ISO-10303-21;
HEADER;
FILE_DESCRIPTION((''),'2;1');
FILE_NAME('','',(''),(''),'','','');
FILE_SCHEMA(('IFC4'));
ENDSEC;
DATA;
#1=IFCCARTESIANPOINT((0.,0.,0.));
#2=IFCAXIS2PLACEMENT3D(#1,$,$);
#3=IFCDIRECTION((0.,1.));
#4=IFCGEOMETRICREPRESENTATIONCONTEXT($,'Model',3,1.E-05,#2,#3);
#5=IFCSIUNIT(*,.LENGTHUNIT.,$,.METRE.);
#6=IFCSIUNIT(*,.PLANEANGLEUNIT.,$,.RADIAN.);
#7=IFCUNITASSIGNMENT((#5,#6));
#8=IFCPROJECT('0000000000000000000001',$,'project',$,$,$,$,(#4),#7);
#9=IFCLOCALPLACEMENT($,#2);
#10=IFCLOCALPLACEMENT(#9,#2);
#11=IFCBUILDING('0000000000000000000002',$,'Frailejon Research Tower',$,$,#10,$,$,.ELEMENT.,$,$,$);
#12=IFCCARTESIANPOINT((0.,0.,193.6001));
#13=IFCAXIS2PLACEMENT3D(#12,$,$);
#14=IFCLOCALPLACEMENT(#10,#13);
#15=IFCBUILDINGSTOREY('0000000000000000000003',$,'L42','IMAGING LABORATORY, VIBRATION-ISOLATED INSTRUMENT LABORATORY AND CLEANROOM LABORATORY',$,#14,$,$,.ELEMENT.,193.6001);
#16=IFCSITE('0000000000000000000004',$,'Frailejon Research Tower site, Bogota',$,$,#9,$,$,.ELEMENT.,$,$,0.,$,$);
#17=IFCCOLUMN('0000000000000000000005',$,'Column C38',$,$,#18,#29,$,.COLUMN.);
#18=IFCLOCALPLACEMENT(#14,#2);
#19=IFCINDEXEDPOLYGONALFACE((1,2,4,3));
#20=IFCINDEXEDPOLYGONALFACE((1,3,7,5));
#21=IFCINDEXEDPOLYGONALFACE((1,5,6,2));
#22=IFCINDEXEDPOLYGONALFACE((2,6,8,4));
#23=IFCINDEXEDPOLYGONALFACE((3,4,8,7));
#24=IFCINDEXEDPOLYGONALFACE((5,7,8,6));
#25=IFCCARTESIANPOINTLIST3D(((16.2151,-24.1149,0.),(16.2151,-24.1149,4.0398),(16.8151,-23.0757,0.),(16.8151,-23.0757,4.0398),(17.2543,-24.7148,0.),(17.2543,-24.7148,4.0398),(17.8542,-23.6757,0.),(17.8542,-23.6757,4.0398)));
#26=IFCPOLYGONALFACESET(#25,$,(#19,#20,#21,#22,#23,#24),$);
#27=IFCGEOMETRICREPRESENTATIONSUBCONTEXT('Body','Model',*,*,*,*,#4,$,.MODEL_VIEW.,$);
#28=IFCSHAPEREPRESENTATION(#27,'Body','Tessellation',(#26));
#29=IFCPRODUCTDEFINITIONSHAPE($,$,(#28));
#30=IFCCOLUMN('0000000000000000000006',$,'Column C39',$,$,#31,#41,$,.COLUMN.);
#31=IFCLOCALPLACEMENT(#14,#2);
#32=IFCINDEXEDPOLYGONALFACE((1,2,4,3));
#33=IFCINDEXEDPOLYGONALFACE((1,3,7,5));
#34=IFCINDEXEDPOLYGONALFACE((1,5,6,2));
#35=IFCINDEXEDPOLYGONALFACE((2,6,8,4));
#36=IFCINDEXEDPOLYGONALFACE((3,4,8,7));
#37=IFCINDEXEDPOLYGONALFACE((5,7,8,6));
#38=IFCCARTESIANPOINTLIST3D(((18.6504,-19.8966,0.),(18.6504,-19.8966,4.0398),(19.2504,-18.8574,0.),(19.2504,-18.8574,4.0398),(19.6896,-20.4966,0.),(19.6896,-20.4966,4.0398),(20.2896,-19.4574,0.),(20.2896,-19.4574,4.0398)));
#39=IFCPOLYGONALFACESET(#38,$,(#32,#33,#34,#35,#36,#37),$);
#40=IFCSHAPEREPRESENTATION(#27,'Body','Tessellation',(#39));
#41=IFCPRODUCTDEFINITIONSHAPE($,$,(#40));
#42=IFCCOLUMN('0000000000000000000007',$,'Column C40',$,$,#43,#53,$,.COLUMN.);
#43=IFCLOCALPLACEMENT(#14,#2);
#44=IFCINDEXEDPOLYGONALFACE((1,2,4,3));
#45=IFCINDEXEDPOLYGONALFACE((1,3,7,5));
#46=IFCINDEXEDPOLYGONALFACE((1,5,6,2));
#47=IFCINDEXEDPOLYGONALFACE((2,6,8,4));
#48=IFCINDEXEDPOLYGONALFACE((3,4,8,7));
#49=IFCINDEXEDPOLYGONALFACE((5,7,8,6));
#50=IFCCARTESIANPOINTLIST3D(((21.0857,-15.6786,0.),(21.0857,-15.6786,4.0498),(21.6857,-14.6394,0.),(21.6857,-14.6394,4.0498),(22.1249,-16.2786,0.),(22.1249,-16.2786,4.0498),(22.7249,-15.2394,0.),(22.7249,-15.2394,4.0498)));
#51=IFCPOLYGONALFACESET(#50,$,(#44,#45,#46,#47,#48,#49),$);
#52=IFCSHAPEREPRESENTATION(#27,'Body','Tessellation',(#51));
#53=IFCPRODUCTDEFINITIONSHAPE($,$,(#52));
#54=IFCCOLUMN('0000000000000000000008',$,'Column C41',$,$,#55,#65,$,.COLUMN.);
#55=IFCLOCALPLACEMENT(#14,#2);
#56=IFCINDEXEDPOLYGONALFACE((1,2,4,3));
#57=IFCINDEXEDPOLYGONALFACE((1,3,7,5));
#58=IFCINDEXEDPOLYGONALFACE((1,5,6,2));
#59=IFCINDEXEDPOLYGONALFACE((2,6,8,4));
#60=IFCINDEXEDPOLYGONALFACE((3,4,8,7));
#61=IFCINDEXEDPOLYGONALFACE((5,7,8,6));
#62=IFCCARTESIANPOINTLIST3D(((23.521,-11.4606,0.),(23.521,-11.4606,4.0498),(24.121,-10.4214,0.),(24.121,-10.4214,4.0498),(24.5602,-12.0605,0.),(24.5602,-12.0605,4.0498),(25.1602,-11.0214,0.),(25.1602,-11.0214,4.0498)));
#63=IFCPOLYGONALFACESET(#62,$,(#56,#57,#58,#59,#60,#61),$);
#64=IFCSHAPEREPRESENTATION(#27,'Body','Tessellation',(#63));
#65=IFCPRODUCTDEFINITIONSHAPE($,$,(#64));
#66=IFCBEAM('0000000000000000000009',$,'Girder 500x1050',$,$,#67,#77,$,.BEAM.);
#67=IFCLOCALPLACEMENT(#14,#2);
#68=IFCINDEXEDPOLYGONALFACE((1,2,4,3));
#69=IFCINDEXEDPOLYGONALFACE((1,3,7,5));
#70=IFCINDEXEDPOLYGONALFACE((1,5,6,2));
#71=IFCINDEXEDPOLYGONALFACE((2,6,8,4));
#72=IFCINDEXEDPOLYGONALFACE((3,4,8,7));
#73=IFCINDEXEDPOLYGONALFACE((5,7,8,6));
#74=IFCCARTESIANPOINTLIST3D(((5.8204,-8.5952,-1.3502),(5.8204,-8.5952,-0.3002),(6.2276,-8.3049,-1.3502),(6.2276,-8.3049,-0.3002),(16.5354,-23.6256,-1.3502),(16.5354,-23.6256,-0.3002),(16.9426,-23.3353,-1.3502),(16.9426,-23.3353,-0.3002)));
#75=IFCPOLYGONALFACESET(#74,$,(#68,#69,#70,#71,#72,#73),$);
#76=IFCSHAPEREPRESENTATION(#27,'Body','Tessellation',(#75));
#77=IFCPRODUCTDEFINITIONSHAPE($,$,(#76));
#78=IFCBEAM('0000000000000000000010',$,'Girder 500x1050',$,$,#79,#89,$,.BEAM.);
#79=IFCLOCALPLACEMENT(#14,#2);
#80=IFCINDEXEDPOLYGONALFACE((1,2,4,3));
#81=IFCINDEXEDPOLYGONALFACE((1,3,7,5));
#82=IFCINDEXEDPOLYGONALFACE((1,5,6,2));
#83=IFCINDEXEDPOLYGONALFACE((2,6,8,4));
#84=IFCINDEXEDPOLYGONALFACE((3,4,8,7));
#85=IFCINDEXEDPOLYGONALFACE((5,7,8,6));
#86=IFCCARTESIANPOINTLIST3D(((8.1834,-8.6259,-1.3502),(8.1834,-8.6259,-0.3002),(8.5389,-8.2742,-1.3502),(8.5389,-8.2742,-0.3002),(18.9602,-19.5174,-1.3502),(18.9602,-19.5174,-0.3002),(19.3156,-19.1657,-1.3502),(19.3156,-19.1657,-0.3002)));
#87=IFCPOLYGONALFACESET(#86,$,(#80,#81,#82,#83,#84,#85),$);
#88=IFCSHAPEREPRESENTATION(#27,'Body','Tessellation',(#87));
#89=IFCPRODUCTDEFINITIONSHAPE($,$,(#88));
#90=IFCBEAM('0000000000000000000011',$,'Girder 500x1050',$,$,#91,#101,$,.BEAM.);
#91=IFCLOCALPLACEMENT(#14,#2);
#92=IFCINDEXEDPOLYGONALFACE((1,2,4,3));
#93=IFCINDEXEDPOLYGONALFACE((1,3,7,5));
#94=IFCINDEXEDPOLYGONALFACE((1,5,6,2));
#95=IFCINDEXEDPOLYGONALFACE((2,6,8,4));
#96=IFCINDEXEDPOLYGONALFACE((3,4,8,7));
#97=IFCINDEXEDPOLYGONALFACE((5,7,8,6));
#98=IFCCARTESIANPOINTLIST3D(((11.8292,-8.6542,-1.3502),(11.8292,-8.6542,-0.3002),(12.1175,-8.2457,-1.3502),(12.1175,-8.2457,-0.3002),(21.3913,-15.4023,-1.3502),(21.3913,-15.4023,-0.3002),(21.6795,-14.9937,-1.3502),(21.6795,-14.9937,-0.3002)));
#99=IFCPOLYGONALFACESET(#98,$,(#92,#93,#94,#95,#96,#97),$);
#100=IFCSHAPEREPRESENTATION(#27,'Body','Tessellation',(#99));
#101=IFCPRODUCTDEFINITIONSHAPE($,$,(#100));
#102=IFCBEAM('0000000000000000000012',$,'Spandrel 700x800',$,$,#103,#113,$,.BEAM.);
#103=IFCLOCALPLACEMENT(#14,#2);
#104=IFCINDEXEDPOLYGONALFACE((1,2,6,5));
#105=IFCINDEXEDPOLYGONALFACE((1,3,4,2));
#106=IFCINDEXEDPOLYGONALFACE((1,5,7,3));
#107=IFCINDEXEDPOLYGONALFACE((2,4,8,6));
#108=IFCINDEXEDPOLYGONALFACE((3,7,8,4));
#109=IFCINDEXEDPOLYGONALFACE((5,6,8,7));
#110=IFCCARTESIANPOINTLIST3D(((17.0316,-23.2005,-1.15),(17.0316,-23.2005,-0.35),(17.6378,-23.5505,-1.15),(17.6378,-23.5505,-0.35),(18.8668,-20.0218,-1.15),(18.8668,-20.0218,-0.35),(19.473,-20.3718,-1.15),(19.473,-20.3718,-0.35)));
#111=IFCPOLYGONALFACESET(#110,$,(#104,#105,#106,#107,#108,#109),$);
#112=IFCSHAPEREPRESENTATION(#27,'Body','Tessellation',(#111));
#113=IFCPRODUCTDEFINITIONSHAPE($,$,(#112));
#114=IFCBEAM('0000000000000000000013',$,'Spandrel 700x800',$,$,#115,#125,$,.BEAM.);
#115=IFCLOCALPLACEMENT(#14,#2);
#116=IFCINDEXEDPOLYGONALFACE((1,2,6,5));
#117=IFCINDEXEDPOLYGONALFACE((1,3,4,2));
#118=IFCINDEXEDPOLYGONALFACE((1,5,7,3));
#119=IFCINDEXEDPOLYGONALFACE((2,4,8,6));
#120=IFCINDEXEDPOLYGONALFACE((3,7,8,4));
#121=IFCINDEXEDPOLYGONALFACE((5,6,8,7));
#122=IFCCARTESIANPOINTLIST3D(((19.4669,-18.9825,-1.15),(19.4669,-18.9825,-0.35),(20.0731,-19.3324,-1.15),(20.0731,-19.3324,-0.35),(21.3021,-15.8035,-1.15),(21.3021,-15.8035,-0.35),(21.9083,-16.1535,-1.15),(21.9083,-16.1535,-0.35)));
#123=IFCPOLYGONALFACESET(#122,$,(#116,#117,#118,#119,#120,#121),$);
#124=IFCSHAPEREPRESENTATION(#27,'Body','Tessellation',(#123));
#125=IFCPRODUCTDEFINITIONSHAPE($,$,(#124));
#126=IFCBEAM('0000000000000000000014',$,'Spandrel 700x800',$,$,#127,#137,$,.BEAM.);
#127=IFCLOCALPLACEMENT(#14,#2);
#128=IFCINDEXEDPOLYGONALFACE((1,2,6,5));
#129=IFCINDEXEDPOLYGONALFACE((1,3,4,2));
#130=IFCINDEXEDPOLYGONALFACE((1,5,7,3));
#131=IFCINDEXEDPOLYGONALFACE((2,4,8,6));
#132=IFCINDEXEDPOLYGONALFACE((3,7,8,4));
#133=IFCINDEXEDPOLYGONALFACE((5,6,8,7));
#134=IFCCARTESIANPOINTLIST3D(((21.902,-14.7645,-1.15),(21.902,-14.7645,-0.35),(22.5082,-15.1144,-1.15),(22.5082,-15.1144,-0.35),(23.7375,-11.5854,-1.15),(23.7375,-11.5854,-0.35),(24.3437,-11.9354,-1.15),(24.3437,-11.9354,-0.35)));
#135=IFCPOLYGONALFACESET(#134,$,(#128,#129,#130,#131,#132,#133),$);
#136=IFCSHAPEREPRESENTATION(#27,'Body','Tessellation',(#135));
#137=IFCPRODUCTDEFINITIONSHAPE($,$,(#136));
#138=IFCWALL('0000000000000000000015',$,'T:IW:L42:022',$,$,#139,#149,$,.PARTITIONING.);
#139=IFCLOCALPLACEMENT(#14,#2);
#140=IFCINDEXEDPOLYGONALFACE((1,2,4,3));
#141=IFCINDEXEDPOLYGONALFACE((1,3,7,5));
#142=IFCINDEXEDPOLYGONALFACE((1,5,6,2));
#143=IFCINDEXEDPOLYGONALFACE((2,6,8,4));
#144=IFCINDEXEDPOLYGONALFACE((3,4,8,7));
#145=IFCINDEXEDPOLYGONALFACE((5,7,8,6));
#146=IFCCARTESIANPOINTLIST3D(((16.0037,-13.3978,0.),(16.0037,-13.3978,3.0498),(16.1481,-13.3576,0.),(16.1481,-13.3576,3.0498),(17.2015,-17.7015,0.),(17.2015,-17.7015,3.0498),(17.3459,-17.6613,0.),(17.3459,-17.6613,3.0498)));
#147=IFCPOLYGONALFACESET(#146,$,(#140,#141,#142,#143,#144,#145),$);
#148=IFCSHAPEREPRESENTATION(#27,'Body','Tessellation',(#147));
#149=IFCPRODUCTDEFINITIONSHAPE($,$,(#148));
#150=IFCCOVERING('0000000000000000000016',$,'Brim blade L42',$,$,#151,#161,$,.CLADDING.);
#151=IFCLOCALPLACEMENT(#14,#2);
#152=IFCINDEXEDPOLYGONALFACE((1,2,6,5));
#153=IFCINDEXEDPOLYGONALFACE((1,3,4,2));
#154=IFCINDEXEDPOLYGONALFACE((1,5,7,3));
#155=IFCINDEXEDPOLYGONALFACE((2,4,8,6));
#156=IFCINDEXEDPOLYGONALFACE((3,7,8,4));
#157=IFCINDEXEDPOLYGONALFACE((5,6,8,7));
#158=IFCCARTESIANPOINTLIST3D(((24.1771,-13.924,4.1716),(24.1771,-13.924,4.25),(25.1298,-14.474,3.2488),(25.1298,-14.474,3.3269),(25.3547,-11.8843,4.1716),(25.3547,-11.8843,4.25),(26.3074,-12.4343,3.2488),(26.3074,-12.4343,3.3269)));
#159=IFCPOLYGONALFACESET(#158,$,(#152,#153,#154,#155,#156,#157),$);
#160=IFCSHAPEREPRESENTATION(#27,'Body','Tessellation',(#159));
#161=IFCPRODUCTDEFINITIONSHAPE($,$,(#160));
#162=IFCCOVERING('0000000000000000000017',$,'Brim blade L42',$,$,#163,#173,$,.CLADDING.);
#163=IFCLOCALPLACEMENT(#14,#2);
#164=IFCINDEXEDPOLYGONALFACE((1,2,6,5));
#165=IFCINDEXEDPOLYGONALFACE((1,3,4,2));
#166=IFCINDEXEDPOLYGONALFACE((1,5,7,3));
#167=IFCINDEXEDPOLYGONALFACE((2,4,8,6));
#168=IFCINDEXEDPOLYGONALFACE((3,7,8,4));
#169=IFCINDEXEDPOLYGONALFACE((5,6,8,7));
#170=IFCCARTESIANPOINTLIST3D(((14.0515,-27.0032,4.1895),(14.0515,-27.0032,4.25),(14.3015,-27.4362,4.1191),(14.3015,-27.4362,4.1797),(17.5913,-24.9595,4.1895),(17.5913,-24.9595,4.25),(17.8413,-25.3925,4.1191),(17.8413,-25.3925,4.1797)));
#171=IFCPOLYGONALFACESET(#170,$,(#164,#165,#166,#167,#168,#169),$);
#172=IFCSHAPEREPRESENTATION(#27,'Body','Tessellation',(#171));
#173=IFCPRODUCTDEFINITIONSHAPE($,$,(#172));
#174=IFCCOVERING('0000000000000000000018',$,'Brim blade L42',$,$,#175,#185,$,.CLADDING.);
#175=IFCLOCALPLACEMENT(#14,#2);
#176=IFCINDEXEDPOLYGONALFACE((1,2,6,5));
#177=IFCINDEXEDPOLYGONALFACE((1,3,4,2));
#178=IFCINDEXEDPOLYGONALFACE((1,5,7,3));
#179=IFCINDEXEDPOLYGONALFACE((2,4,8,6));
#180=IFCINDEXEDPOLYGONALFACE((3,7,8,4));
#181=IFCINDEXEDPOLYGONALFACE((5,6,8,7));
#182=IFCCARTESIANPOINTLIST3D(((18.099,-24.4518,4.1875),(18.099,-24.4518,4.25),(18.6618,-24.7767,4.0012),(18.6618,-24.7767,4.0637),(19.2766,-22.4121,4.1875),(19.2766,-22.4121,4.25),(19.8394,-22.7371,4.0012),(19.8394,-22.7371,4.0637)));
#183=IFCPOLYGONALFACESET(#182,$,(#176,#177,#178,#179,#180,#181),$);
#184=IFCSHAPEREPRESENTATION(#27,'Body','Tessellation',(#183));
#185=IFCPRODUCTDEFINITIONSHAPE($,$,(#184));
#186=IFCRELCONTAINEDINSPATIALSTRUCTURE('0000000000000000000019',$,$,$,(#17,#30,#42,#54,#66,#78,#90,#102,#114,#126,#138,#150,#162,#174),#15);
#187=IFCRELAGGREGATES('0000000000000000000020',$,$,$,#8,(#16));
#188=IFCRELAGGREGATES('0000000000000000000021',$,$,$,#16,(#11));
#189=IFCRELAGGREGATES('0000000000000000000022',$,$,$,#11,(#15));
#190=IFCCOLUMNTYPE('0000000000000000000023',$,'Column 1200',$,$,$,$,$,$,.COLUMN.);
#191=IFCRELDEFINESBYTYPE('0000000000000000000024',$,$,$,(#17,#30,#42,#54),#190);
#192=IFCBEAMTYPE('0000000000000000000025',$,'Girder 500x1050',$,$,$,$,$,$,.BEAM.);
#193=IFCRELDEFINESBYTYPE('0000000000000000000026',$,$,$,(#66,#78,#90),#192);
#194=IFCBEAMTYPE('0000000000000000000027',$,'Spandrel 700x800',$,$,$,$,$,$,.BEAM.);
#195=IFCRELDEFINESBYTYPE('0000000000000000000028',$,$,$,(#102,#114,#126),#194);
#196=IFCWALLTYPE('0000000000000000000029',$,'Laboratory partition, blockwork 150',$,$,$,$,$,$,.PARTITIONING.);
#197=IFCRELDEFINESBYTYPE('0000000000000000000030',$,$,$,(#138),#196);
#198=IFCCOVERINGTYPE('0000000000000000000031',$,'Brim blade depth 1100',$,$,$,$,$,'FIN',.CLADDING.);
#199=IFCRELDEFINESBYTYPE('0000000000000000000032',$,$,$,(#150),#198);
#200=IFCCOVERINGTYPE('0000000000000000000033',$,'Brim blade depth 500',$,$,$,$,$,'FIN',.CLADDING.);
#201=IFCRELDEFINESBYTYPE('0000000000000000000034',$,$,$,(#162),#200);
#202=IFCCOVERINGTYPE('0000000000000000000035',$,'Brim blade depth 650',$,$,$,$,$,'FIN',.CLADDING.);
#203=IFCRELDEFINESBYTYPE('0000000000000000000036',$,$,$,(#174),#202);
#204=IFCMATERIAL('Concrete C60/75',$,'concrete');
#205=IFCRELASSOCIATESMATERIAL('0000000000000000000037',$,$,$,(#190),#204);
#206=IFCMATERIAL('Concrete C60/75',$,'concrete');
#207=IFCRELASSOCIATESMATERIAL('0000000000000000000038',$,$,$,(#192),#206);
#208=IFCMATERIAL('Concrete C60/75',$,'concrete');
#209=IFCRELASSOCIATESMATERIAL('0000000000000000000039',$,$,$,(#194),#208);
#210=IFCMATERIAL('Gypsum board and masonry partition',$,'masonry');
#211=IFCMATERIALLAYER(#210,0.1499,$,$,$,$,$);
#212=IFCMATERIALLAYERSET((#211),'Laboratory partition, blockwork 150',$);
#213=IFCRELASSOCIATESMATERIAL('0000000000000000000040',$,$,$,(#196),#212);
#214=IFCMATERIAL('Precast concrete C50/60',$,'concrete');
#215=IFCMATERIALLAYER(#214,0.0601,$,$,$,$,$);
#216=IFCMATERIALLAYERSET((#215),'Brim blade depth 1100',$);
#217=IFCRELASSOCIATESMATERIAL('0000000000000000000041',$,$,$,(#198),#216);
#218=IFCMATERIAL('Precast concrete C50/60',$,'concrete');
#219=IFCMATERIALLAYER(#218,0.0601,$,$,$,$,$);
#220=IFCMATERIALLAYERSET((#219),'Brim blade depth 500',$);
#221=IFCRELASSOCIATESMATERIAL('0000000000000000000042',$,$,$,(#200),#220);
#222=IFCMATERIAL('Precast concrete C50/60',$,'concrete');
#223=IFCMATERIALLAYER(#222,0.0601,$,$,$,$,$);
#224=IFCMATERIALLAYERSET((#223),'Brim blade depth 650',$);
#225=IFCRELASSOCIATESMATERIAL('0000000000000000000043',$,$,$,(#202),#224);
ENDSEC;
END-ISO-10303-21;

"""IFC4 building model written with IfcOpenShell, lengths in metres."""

from ifc_helpers import new_model, si_unit, direction, frame, frame_2d, origin, origin_2d, place, context, subcontext, project, spatial, polyline, rectangle, outline, extrude, material, layer, layer_set, material_profile, profile_set, type_object, element, save


model = new_model("IFC4")

# Units and contexts
model_context = context("Model", 3, precision=1e-05, world=origin(), true_north=direction((0.0, 1.0)))
body_context = subcontext(model_context, "Body", "Model", "MODEL_VIEW")
ifc_project = project(units=[si_unit("LENGTHUNIT", "METRE"), si_unit("PLANEANGLEUNIT", "RADIAN")], contexts=[model_context])

# Site, building, storey
site_placement = place(None, origin())
site = spatial("IfcSite", under=ifc_project, at=site_placement, Name="Frailejon Research Tower site, Bogota", CompositionType="ELEMENT", RefElevation=0.0)
building_placement = place(site_placement, origin())
building = spatial("IfcBuilding", under=site, at=building_placement, Name="Frailejon Research Tower", CompositionType="ELEMENT")
storey_placement = place(building_placement, frame((0.0, 0.0, 193.6001)))
storey = spatial("IfcBuildingStorey", under=building, at=storey_placement, Name="L42", Description="IMAGING LABORATORY, VIBRATION-ISOLATED INSTRUMENT LABORATORY AND CLEANROOM LABORATORY", CompositionType="ELEMENT", Elevation=193.6001)

# Columns
ifc_material_1 = material(Name="Concrete C60/75", Category="concrete")
ifc_material_profile_1 = material_profile(ifc_material_1, rectangle(XDim=1.2, YDim=1.2, at=origin_2d()), Name="Column 1200")
ifc_profile_set_1 = profile_set([ifc_material_profile_1], Name="Concrete C60/75")
column_type = type_object("IfcColumnType", Name="Column 1200", PredefinedType="COLUMN", material=ifc_profile_set_1)
for number, where, z_axis, x_axis, name in (
    (1, (17.0347, -23.8953, 0.0), (0.0, 0.0, 1.0), (0.5, 0.866025, 0.0), "Column C38"),
    (2, (19.47, -19.677, 0.0), (0.0, 0.0, 1.0), (0.5, 0.866025, 0.0), "Column C39"),
):
    element("IfcColumn", number, at=place(storey_placement, frame(where, z_axis=z_axis, x_axis=x_axis)), inside=storey, type_object=column_type, Name=name, PredefinedType="COLUMN", context=body_context, shape_type="SweptSolid", body=[
        extrude(rectangle(XDim=1.2, YDim=1.2, at=origin_2d()), origin(), (0.0, 0.0, 1.0), 4.0398),
    ])
for number, where, z_axis, x_axis, name in (
    (3, (21.9053, -15.459, 0.0), (0.0, 0.0, 1.0), (0.5, 0.866025, 0.0), "Column C40"),
    (4, (24.3406, -11.241, 0.0), (0.0, 0.0, 1.0), (0.5, 0.866025, 0.0), "Column C41"),
):
    element("IfcColumn", number, at=place(storey_placement, frame(where, z_axis=z_axis, x_axis=x_axis)), inside=storey, type_object=column_type, Name=name, PredefinedType="COLUMN", context=body_context, shape_type="SweptSolid", body=[
        extrude(rectangle(XDim=1.2, YDim=1.2, at=origin_2d()), origin(), (0.0, 0.0, 1.0), 4.0498),
    ])

# Beams
ifc_material_2 = material(Name="Concrete C60/75", Category="concrete")
ifc_material_profile_2 = material_profile(ifc_material_2, rectangle(XDim=0.5, YDim=1.05, at=origin_2d()), Name="Girder 500x1050")
ifc_profile_set_2 = profile_set([ifc_material_profile_2], Name="Concrete C60/75")
beam_type_1 = type_object("IfcBeamType", Name="Girder 500x1050", PredefinedType="BEAM", material=ifc_profile_set_2)
beam_1_placement = place(storey_placement, frame((16.739, -23.4805, -0.8252), z_axis=(-0.580485, 0.814271, 0.0), x_axis=(-0.814271, -0.580485, 0.0)))
element("IfcBeam", 5, at=beam_1_placement, inside=storey, type_object=beam_type_1, Name="Girder 500x1050", PredefinedType="BEAM", context=body_context, shape_type="SweptSolid", body=[
    extrude(rectangle(XDim=0.5, YDim=1.05, at=origin_2d()), origin(), (0.0, 0.0, 1.0), 18.4587),
])
beam_2_placement = place(storey_placement, frame((19.1379, -19.3416, -0.8252), z_axis=(-0.703352, 0.710841, 0.0), x_axis=(-0.710841, -0.703352, 0.0)))
element("IfcBeam", 6, at=beam_2_placement, inside=storey, type_object=beam_type_1, Name="Girder 500x1050", PredefinedType="BEAM", context=body_context, shape_type="SweptSolid", body=[
    extrude(rectangle(XDim=0.5, YDim=1.05, at=origin_2d()), origin(), (0.0, 0.0, 1.0), 15.322),
])
beam_3_placement = place(storey_placement, frame((21.5354, -15.198, -0.8252), z_axis=(-0.817033, 0.576591, 0.0), x_axis=(-0.576591, -0.817033, 0.0)))
element("IfcBeam", 7, at=beam_3_placement, inside=storey, type_object=beam_type_1, Name="Girder 500x1050", PredefinedType="BEAM", context=body_context, shape_type="SweptSolid", body=[
    extrude(rectangle(XDim=0.5, YDim=1.05, at=origin_2d()), origin(), (0.0, 0.0, 1.0), 11.7034),
])
ifc_material_3 = material(Name="Concrete C60/75", Category="concrete")
ifc_material_profile_3 = material_profile(ifc_material_3, rectangle(XDim=0.7, YDim=0.8, at=origin_2d()), Name="Spandrel 700x800")
ifc_profile_set_3 = profile_set([ifc_material_profile_3], Name="Concrete C60/75")
beam_type_2 = type_object("IfcBeamType", Name="Spandrel 700x800", PredefinedType="BEAM", material=ifc_profile_set_3)
beam_4_placement = place(storey_placement, frame((17.3347, -23.3755, -0.75), z_axis=(0.499995, 0.866028, 0.0), x_axis=(-0.866028, 0.499995, 0.0)))
element("IfcBeam", 8, at=beam_4_placement, inside=storey, type_object=beam_type_2, Name="Spandrel 700x800", PredefinedType="BEAM", context=body_context, shape_type="SweptSolid", body=[
    extrude(rectangle(XDim=0.7, YDim=0.8, at=origin_2d()), origin(), (0.0, 0.0, 1.0), 3.6704),
])
beam_5_placement = place(storey_placement, frame((19.77, -19.1575, -0.75), z_axis=(0.499966, 0.866045, 0.0), x_axis=(-0.866045, 0.499966, 0.0)))
element("IfcBeam", 9, at=beam_5_placement, inside=storey, type_object=beam_type_2, Name="Spandrel 700x800", PredefinedType="BEAM", context=body_context, shape_type="SweptSolid", body=[
    extrude(rectangle(XDim=0.7, YDim=0.8, at=origin_2d()), origin(), (0.0, 0.0, 1.0), 3.6707),
])
beam_6_placement = place(storey_placement, frame((22.2051, -14.9395, -0.75), z_axis=(0.500016, 0.866016, 0.0), x_axis=(-0.866016, 0.500016, 0.0)))
element("IfcBeam", 10, at=beam_6_placement, inside=storey, type_object=beam_type_2, Name="Spandrel 700x800", PredefinedType="BEAM", context=body_context, shape_type="SweptSolid", body=[
    extrude(rectangle(XDim=0.7, YDim=0.8, at=origin_2d()), origin(), (0.0, 0.0, 1.0), 3.6709),
])

# Wall
ifc_material_4 = material(Name="Gypsum board and masonry partition", Category="masonry")
ifc_layer_1 = layer(ifc_material_4, 0.1499)
ifc_layer_set_1 = layer_set([ifc_layer_1], Name="Laboratory partition, blockwork 150")
wall_type = type_object("IfcWallType", Name="Laboratory partition, blockwork 150", PredefinedType="PARTITIONING", material=ifc_layer_set_1)
wall_placement = place(storey_placement, frame((16.0759, -13.3777, 0.0), z_axis=(0.0, 0.0, 1.0), x_axis=(0.268117, -0.963386, 0.0)))
element("IfcWall", 11, at=wall_placement, inside=storey, type_object=wall_type, Name="T:IW:L42:022", PredefinedType="PARTITIONING", context=body_context, shape_type="SweptSolid", body=[
    extrude(rectangle(XDim=4.4673, YDim=0.1499, at=frame_2d((2.2336, 0.0))), origin(), (0.0, 0.0, 1.0), 3.0498),
])

# Coverings
ifc_material_5 = material(Name="Precast concrete C50/60", Category="concrete")
ifc_layer_2 = layer(ifc_material_5, 0.0601)
ifc_layer_set_2 = layer_set([ifc_layer_2], Name="Brim blade depth 1100")
covering_type_1 = type_object("IfcCoveringType", Name="Brim blade depth 1100", ElementType="FIN", PredefinedType="CLADDING", material=ifc_layer_set_2)
covering_1_placement = place(storey_placement, frame((25.3547, -11.8843, 4.25), z_axis=(-0.500006, -0.866022, 0.0), x_axis=(0.866022, -0.500006, 0.0)))
element("IfcCovering", 12, at=covering_1_placement, inside=storey, type_object=covering_type_1, Name="Brim blade L42", PredefinedType="CLADDING", context=body_context, shape_type="SweptSolid", body=[
    extrude(outline(polyline([(0.0, -0.0784), (1.1001, -1.0012), (1.1001, -0.9231), (0.0, 0.0), (0.0, -0.0784)])), origin(), (0.0, 0.0, 1.0), 2.3552),
])
ifc_material_6 = material(Name="Precast concrete C50/60", Category="concrete")
ifc_layer_3 = layer(ifc_material_6, 0.0601)
ifc_layer_set_3 = layer_set([ifc_layer_3], Name="Brim blade depth 500")
covering_type_2 = type_object("IfcCoveringType", Name="Brim blade depth 500", ElementType="FIN", PredefinedType="CLADDING", material=ifc_layer_set_3)
covering_2_placement = place(storey_placement, frame((17.5913, -24.9595, 4.25), z_axis=(-0.866021, -0.500007, 0.0), x_axis=(0.500007, -0.866021, 0.0)))
element("IfcCovering", 13, at=covering_2_placement, inside=storey, type_object=covering_type_2, Name="Brim blade L42", PredefinedType="CLADDING", context=body_context, shape_type="SweptSolid", body=[
    extrude(outline(polyline([(0.0, -0.0605), (0.5, -0.1309), (0.5, -0.0703), (0.0, 0.0), (0.0, -0.0605)])), origin(), (0.0, 0.0, 1.0), 4.0874),
])
ifc_material_7 = material(Name="Precast concrete C50/60", Category="concrete")
ifc_layer_4 = layer(ifc_material_7, 0.0601)
ifc_layer_set_4 = layer_set([ifc_layer_4], Name="Brim blade depth 650")
covering_type_3 = type_object("IfcCoveringType", Name="Brim blade depth 650", ElementType="FIN", PredefinedType="CLADDING", material=ifc_layer_set_4)
for number, where, z_axis, x_axis, name in (
    (14, (19.2766, -22.4121, 4.25), (-0.499997, -0.866027, 0.0), (0.866027, -0.499997, 0.0), "Brim blade L42"),
):
    element("IfcCovering", number, at=place(storey_placement, frame(where, z_axis=z_axis, x_axis=x_axis)), inside=storey, type_object=covering_type_3, Name=name, PredefinedType="CLADDING", context=body_context, shape_type="SweptSolid", body=[
        extrude(outline(polyline([(0.0, -0.0625), (0.6499, -0.2488), (0.6499, -0.1863), (0.0, 0.0), (0.0, -0.0625)])), origin(), (0.0, 0.0, 1.0), 2.3552),
    ])

save(model, "model.ifc")
